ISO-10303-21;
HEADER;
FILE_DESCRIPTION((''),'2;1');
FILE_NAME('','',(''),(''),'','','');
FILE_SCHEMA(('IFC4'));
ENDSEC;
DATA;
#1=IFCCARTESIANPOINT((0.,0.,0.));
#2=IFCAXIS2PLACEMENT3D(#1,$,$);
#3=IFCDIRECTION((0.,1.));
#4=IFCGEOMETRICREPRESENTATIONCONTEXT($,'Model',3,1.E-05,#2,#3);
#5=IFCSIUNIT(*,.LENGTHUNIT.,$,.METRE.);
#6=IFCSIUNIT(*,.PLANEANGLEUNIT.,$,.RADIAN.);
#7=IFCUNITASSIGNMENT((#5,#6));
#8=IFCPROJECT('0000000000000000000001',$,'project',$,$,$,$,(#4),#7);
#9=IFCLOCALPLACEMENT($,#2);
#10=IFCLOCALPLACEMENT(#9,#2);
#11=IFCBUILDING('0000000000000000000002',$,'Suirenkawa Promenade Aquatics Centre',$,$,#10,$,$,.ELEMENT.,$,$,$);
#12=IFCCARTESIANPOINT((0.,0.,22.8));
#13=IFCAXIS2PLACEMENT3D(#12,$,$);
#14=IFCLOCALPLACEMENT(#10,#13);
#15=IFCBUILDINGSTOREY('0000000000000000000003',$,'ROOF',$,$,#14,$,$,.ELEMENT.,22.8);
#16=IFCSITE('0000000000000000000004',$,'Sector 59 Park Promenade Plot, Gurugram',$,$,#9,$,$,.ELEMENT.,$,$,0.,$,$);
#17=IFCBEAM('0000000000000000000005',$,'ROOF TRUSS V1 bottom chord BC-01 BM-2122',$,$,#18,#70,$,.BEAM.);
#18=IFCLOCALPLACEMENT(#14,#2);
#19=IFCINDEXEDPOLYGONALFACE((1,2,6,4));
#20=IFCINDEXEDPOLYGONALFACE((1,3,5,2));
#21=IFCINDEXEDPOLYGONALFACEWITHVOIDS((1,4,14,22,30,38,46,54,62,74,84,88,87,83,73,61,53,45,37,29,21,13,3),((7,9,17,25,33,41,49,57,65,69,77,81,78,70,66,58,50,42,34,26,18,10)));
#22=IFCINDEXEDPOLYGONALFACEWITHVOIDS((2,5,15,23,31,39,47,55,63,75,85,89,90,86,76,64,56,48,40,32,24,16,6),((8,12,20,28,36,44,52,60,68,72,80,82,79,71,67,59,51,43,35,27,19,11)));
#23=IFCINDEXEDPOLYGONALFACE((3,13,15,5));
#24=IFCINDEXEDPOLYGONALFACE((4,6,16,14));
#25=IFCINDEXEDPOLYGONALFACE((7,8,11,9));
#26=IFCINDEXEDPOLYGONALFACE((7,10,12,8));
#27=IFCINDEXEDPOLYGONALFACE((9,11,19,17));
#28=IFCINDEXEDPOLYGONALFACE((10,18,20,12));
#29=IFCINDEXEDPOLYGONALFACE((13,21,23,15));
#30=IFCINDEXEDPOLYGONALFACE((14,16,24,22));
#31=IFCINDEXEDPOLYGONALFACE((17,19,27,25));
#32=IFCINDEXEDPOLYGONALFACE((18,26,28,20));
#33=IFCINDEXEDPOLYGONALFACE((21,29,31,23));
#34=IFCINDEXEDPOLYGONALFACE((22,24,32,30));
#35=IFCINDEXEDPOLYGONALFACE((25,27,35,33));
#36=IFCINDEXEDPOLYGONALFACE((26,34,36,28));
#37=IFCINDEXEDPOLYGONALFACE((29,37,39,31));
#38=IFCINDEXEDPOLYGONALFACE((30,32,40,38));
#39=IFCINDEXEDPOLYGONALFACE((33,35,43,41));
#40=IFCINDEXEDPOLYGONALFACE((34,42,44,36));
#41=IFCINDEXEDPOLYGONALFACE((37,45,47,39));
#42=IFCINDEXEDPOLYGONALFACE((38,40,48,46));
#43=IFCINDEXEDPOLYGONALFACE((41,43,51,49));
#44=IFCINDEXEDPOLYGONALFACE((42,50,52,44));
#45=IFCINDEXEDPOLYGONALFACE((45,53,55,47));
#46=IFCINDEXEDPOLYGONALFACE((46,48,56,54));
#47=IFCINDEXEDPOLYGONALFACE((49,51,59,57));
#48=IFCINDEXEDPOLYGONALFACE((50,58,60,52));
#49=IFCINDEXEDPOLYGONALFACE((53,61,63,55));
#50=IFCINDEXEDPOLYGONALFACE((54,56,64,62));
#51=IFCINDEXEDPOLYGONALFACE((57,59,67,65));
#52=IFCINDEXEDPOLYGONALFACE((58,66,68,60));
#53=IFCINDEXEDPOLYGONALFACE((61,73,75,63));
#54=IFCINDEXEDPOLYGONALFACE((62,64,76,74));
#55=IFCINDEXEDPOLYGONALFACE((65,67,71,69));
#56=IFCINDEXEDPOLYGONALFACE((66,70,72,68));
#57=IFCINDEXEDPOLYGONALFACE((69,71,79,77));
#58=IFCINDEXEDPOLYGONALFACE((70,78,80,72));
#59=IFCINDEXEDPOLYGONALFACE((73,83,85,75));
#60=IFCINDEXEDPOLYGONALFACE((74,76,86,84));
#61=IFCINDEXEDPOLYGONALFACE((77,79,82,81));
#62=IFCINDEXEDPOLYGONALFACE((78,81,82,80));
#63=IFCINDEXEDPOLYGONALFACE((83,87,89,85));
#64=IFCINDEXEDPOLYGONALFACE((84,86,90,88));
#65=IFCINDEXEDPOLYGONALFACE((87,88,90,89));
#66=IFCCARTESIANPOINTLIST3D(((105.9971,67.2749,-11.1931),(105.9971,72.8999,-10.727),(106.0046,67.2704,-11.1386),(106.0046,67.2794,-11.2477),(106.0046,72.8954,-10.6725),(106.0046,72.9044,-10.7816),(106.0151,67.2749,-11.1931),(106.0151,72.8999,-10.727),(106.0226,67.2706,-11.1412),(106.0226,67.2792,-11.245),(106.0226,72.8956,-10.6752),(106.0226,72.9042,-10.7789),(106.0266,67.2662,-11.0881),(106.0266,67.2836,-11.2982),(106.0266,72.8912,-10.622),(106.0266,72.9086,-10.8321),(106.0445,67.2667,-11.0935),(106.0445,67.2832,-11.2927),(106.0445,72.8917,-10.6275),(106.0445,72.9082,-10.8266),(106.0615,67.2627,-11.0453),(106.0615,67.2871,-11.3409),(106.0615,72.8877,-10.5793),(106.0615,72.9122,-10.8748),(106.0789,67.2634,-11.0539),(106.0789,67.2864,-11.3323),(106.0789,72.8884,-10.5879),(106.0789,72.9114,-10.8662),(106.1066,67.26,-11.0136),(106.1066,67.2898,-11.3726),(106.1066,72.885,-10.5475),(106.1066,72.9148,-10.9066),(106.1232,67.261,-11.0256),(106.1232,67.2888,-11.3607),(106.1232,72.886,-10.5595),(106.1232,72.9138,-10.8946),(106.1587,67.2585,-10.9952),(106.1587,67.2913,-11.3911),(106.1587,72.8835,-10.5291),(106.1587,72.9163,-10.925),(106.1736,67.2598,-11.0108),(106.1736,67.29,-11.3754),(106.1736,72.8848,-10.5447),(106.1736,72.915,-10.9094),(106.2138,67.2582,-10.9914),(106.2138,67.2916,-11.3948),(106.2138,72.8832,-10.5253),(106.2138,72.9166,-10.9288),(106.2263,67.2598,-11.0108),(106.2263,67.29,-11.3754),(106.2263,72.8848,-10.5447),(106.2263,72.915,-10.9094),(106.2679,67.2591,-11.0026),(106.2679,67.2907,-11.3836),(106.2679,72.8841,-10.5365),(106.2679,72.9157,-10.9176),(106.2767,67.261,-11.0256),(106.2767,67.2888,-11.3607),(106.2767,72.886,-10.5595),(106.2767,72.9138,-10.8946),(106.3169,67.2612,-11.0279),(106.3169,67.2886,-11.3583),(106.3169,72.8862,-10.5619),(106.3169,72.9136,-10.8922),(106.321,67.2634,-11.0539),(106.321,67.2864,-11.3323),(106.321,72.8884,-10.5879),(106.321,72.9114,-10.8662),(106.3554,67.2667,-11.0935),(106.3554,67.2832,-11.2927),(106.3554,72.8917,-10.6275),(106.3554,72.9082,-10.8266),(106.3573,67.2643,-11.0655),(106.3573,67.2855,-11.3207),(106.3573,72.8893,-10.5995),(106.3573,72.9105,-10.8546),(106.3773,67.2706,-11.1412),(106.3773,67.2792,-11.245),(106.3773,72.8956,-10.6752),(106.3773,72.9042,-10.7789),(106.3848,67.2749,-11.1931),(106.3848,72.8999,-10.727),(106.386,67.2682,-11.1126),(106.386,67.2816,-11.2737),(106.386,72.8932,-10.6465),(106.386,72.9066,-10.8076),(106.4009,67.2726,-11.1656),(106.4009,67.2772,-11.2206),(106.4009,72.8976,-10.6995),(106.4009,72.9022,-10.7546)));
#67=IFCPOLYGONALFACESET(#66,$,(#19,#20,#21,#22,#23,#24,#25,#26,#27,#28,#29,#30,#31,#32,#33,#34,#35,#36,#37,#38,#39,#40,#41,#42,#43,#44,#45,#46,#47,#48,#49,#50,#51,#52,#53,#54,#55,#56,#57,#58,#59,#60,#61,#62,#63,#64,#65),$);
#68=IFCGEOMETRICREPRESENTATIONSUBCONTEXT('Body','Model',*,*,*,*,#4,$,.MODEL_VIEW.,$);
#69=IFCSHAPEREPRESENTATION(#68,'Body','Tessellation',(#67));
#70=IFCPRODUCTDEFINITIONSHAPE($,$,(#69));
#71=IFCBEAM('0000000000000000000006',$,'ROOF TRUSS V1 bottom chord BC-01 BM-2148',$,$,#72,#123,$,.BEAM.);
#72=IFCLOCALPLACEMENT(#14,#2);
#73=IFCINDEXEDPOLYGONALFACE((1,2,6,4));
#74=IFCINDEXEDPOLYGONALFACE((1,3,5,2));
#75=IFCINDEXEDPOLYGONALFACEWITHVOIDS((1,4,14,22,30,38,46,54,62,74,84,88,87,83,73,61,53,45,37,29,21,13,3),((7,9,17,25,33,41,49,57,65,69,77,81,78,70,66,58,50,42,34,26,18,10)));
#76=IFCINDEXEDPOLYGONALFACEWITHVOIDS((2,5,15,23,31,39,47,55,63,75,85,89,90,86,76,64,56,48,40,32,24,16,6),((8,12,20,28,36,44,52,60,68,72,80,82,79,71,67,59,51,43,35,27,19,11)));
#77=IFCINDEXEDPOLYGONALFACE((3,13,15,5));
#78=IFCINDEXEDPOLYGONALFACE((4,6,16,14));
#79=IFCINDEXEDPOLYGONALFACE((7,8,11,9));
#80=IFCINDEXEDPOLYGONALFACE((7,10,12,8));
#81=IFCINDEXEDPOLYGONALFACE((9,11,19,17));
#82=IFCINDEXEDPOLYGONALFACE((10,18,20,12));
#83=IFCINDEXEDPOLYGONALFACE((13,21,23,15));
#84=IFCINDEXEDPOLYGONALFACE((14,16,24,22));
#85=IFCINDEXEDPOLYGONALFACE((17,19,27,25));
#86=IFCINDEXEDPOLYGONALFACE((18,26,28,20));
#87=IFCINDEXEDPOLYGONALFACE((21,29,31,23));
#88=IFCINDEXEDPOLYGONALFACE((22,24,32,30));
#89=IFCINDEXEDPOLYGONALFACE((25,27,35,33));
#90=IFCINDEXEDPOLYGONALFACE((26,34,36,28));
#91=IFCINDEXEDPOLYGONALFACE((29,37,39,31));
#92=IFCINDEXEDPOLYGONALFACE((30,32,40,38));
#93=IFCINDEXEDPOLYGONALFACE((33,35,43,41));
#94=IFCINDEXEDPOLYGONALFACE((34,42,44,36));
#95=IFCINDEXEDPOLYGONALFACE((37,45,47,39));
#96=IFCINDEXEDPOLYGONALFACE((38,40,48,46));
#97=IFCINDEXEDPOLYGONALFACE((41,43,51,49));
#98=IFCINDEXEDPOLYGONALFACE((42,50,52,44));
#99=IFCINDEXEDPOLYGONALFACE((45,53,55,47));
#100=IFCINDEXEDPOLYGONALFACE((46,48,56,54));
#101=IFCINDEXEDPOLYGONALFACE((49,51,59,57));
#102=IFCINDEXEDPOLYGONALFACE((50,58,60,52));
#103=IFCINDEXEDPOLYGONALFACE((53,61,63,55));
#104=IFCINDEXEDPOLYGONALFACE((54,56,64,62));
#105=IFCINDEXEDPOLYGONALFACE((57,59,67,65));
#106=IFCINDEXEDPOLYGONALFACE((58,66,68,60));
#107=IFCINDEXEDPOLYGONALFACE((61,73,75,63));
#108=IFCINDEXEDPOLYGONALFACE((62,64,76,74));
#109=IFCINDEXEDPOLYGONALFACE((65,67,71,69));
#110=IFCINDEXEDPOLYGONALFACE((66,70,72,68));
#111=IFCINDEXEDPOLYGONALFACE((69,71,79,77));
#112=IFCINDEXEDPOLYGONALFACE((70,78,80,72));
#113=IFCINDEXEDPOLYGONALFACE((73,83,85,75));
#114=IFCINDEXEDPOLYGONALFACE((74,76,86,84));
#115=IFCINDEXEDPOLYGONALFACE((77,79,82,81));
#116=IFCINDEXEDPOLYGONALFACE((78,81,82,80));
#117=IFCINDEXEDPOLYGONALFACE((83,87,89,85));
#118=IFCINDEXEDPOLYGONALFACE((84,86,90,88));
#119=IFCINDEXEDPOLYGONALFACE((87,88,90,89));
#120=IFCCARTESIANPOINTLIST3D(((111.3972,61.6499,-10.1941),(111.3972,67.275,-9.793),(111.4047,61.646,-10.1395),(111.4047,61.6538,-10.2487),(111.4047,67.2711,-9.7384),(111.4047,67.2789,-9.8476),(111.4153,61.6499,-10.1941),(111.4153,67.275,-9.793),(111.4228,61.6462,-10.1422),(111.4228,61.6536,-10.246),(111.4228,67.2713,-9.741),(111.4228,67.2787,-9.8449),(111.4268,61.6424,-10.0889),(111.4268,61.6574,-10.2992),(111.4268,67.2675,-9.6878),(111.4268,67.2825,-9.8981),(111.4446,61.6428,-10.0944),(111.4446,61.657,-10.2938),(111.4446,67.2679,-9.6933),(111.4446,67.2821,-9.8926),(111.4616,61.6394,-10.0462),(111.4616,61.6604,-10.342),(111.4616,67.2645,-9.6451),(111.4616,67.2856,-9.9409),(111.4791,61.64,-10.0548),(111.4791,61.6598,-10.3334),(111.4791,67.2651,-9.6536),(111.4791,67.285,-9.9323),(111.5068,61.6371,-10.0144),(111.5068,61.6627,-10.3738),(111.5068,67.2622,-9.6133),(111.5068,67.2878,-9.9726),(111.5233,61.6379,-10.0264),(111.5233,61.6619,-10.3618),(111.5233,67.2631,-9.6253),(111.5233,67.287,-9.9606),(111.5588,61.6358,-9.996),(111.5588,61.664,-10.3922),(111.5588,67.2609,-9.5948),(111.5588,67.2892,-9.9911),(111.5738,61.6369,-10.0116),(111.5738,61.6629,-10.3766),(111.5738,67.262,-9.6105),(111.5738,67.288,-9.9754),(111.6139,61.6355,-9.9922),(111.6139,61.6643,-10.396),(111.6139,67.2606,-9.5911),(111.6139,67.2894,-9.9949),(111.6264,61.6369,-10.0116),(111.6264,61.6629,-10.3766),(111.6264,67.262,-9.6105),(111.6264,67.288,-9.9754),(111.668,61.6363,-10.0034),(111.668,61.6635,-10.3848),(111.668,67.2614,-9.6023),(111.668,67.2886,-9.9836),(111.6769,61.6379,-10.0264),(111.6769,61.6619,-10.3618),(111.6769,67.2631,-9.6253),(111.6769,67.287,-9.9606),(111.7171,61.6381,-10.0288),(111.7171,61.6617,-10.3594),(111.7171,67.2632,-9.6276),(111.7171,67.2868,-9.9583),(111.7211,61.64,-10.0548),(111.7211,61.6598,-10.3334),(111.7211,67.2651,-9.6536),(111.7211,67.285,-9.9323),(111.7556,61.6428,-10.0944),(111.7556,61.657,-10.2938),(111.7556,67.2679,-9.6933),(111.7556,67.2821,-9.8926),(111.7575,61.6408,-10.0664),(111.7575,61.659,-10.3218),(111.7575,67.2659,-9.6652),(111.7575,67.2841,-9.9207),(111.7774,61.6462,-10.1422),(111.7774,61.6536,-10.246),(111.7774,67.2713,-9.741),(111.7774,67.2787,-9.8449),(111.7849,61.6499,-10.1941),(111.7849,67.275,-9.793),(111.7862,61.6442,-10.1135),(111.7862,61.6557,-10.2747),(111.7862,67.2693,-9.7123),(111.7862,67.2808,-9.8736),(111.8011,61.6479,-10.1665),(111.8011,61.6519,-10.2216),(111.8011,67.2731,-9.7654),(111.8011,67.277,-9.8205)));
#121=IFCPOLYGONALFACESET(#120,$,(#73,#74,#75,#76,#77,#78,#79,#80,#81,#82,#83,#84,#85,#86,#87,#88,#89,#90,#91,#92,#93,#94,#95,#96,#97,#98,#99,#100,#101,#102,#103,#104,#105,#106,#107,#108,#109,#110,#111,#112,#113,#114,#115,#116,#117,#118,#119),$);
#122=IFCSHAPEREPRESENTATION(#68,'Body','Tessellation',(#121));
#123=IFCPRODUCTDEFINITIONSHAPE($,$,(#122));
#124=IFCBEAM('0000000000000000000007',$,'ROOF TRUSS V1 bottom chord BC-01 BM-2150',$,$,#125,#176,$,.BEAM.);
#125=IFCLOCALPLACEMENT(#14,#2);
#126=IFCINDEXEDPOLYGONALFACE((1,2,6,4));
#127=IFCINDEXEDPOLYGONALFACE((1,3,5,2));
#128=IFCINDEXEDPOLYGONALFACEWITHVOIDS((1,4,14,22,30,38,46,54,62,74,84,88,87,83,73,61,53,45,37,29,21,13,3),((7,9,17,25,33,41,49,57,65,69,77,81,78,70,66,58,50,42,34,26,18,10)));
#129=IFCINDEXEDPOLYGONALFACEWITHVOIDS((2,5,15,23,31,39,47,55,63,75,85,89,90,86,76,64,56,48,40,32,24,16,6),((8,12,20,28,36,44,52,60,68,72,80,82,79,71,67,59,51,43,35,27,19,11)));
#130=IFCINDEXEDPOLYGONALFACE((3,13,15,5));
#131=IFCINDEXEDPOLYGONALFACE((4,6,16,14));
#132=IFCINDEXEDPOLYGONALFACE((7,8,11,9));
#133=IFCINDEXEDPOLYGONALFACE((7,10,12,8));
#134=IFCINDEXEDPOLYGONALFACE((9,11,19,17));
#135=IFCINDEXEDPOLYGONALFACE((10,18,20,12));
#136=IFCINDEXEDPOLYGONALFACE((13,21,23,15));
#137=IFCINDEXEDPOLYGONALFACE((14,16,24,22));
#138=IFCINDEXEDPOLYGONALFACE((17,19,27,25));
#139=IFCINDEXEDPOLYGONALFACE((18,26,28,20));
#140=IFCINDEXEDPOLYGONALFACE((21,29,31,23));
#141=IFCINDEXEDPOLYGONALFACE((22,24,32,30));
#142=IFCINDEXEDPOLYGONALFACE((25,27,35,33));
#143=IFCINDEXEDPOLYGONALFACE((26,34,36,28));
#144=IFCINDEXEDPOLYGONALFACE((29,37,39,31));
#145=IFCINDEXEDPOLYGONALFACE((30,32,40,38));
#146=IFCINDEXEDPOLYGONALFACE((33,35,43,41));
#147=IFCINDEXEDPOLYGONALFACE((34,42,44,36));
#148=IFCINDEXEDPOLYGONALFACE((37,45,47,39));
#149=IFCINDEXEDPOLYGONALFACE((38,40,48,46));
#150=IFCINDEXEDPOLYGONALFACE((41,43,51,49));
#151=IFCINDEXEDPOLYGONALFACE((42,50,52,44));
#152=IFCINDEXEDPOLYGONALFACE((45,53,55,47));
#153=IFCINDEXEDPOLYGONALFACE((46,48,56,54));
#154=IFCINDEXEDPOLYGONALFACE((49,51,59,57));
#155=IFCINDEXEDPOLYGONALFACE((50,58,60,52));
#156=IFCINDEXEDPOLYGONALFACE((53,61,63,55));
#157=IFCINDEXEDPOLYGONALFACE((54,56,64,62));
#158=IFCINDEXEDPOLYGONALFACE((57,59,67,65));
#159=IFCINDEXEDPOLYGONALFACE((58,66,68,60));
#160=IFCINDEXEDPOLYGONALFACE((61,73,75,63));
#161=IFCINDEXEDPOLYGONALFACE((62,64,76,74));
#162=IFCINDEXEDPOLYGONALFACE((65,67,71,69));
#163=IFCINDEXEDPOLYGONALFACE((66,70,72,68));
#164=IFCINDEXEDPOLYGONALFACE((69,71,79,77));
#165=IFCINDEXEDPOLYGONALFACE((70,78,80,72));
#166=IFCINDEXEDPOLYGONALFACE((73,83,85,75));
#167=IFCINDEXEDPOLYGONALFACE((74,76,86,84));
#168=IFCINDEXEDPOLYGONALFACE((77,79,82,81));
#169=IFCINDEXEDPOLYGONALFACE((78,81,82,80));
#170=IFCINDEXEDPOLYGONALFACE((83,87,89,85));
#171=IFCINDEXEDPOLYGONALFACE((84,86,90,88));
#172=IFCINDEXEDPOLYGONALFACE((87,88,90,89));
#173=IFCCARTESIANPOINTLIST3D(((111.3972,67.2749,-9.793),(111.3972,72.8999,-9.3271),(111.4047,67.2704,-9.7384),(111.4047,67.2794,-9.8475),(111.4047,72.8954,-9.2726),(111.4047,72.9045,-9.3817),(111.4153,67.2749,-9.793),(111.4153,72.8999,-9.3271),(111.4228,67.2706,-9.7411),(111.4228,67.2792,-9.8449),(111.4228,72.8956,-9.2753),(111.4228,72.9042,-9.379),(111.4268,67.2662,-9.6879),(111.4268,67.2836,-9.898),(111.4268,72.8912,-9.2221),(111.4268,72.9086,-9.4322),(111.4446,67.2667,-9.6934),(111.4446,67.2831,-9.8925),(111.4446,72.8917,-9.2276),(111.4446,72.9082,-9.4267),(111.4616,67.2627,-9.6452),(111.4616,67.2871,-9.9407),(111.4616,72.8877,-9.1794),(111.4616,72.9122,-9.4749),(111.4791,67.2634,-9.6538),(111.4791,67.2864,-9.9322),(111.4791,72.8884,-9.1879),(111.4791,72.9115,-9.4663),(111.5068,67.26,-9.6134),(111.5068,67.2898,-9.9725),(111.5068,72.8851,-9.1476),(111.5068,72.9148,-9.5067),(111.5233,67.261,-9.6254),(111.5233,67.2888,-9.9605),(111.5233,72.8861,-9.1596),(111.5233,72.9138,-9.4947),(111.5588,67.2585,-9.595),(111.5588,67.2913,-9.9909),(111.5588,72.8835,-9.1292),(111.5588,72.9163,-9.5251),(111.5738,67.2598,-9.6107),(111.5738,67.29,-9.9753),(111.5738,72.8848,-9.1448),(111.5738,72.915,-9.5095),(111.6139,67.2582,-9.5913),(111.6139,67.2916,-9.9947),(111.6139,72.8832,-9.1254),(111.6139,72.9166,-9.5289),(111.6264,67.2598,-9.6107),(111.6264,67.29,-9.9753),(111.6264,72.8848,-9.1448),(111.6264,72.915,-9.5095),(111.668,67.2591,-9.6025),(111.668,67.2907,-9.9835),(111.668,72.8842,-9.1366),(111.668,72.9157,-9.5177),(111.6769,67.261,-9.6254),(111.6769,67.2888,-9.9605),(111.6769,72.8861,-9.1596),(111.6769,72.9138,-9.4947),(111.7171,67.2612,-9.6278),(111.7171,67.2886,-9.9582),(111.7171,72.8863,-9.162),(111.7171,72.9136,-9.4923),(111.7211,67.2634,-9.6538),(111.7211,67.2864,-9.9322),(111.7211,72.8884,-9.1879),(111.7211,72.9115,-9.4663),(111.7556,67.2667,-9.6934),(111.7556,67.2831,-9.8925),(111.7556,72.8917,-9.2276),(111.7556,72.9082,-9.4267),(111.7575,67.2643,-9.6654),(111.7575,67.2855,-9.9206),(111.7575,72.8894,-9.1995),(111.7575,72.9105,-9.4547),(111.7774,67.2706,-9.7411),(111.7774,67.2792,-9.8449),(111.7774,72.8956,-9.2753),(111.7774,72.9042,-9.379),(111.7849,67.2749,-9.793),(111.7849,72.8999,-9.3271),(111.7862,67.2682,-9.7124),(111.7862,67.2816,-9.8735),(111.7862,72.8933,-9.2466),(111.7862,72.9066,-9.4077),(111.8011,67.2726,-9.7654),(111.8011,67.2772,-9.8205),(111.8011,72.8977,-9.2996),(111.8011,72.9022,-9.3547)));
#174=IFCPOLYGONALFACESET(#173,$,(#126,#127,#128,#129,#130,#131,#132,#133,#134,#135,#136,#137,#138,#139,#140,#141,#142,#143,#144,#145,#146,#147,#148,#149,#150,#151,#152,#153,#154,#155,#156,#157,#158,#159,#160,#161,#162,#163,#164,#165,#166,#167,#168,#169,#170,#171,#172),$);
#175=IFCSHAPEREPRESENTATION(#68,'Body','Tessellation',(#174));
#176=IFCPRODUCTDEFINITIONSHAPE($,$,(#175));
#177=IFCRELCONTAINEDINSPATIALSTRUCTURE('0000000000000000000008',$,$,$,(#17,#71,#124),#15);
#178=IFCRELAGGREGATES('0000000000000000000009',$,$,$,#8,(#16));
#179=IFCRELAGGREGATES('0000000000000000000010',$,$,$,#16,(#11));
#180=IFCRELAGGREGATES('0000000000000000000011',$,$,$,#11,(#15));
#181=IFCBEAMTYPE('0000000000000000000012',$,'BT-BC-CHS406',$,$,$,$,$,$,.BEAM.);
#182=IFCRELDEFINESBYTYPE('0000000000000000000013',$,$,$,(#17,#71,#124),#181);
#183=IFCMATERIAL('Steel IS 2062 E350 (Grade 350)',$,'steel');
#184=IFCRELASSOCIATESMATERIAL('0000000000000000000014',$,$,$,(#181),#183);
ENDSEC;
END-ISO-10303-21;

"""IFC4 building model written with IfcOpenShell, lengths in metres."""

from ifc_helpers import new_model, si_unit, direction, frame, origin, origin_2d, place, context, subcontext, project, spatial, hollow_circle, extrude, material, material_profile, profile_set, type_object, element, save


model = new_model("IFC4")

# Units and contexts
model_context = context("Model", 3, precision=1e-05, world=origin(), true_north=direction((0.0, 1.0)))
body_context = subcontext(model_context, "Body", "Model", "MODEL_VIEW")
ifc_project = project(units=[si_unit("LENGTHUNIT", "METRE"), si_unit("PLANEANGLEUNIT", "RADIAN")], contexts=[model_context])

# Site, building, storey
site_placement = place(None, origin())
site = spatial("IfcSite", under=ifc_project, at=site_placement, Name="Sector 59 Park Promenade Plot, Gurugram", CompositionType="ELEMENT", RefElevation=0.0)
building_placement = place(site_placement, origin())
building = spatial("IfcBuilding", under=site, at=building_placement, Name="Suirenkawa Promenade Aquatics Centre", CompositionType="ELEMENT")
storey_placement = place(building_placement, frame((0.0, 0.0, 22.8)))
storey = spatial("IfcBuildingStorey", under=building, at=storey_placement, Name="ROOF", CompositionType="ELEMENT", Elevation=22.8)

# Beams
ifc_material = material(Name="Steel IS 2062 E350 (Grade 350)", Category="steel")
ifc_material_profile_1 = material_profile(ifc_material, hollow_circle(Radius=0.2029, WallThickness=0.0181, at=origin_2d()), Name="CHS 406x18", Category="steel")
ifc_profile_set_1 = profile_set([ifc_material_profile_1], Name="Steel IS 2062 E350 (Grade 350)")
beam_type_1 = type_object("IfcBeamType", Name="BT-BC-CHS406", PredefinedType="BEAM", material=ifc_profile_set_1)
beam_1_placement = place(storey_placement, frame((106.2, 67.2749, -11.1931), z_axis=(0.0, 0.996585, 0.082573), x_axis=(-1.0, 0.0, 0.0)))
element("IfcBeam", 1, at=beam_1_placement, inside=storey, type_object=beam_type_1, Name="ROOF TRUSS V1 bottom chord BC-01 BM-2122", PredefinedType="BEAM", context=body_context, shape_type="SweptSolid", body=[
    extrude(hollow_circle(Radius=0.2029, WallThickness=0.0181, at=origin_2d()), origin(), (0.0, 0.0, 1.0), 5.6443),
])
beam_2_placement = place(storey_placement, frame((111.6001, 61.6499, -10.1941), z_axis=(0.0, 0.997467, 0.07113), x_axis=(-1.0, 0.0, 0.0)))
element("IfcBeam", 2, at=beam_2_placement, inside=storey, type_object=beam_type_1, Name="ROOF TRUSS V1 bottom chord BC-01 BM-2148", PredefinedType="BEAM", context=body_context, shape_type="SweptSolid", body=[
    extrude(hollow_circle(Radius=0.2029, WallThickness=0.0181, at=origin_2d()), origin(), (0.0, 0.0, 1.0), 5.6394),
])
beam_3_placement = place(storey_placement, frame((111.6001, 67.2749, -9.793), z_axis=(0.0, 0.996589, 0.08253), x_axis=(-1.0, 0.0, 0.0)))
element("IfcBeam", 3, at=beam_3_placement, inside=storey, type_object=beam_type_1, Name="ROOF TRUSS V1 bottom chord BC-01 BM-2150", PredefinedType="BEAM", context=body_context, shape_type="SweptSolid", body=[
    extrude(hollow_circle(Radius=0.2029, WallThickness=0.0181, at=origin_2d()), origin(), (0.0, 0.0, 1.0), 5.6443),
])

save(model, "model.ifc")
